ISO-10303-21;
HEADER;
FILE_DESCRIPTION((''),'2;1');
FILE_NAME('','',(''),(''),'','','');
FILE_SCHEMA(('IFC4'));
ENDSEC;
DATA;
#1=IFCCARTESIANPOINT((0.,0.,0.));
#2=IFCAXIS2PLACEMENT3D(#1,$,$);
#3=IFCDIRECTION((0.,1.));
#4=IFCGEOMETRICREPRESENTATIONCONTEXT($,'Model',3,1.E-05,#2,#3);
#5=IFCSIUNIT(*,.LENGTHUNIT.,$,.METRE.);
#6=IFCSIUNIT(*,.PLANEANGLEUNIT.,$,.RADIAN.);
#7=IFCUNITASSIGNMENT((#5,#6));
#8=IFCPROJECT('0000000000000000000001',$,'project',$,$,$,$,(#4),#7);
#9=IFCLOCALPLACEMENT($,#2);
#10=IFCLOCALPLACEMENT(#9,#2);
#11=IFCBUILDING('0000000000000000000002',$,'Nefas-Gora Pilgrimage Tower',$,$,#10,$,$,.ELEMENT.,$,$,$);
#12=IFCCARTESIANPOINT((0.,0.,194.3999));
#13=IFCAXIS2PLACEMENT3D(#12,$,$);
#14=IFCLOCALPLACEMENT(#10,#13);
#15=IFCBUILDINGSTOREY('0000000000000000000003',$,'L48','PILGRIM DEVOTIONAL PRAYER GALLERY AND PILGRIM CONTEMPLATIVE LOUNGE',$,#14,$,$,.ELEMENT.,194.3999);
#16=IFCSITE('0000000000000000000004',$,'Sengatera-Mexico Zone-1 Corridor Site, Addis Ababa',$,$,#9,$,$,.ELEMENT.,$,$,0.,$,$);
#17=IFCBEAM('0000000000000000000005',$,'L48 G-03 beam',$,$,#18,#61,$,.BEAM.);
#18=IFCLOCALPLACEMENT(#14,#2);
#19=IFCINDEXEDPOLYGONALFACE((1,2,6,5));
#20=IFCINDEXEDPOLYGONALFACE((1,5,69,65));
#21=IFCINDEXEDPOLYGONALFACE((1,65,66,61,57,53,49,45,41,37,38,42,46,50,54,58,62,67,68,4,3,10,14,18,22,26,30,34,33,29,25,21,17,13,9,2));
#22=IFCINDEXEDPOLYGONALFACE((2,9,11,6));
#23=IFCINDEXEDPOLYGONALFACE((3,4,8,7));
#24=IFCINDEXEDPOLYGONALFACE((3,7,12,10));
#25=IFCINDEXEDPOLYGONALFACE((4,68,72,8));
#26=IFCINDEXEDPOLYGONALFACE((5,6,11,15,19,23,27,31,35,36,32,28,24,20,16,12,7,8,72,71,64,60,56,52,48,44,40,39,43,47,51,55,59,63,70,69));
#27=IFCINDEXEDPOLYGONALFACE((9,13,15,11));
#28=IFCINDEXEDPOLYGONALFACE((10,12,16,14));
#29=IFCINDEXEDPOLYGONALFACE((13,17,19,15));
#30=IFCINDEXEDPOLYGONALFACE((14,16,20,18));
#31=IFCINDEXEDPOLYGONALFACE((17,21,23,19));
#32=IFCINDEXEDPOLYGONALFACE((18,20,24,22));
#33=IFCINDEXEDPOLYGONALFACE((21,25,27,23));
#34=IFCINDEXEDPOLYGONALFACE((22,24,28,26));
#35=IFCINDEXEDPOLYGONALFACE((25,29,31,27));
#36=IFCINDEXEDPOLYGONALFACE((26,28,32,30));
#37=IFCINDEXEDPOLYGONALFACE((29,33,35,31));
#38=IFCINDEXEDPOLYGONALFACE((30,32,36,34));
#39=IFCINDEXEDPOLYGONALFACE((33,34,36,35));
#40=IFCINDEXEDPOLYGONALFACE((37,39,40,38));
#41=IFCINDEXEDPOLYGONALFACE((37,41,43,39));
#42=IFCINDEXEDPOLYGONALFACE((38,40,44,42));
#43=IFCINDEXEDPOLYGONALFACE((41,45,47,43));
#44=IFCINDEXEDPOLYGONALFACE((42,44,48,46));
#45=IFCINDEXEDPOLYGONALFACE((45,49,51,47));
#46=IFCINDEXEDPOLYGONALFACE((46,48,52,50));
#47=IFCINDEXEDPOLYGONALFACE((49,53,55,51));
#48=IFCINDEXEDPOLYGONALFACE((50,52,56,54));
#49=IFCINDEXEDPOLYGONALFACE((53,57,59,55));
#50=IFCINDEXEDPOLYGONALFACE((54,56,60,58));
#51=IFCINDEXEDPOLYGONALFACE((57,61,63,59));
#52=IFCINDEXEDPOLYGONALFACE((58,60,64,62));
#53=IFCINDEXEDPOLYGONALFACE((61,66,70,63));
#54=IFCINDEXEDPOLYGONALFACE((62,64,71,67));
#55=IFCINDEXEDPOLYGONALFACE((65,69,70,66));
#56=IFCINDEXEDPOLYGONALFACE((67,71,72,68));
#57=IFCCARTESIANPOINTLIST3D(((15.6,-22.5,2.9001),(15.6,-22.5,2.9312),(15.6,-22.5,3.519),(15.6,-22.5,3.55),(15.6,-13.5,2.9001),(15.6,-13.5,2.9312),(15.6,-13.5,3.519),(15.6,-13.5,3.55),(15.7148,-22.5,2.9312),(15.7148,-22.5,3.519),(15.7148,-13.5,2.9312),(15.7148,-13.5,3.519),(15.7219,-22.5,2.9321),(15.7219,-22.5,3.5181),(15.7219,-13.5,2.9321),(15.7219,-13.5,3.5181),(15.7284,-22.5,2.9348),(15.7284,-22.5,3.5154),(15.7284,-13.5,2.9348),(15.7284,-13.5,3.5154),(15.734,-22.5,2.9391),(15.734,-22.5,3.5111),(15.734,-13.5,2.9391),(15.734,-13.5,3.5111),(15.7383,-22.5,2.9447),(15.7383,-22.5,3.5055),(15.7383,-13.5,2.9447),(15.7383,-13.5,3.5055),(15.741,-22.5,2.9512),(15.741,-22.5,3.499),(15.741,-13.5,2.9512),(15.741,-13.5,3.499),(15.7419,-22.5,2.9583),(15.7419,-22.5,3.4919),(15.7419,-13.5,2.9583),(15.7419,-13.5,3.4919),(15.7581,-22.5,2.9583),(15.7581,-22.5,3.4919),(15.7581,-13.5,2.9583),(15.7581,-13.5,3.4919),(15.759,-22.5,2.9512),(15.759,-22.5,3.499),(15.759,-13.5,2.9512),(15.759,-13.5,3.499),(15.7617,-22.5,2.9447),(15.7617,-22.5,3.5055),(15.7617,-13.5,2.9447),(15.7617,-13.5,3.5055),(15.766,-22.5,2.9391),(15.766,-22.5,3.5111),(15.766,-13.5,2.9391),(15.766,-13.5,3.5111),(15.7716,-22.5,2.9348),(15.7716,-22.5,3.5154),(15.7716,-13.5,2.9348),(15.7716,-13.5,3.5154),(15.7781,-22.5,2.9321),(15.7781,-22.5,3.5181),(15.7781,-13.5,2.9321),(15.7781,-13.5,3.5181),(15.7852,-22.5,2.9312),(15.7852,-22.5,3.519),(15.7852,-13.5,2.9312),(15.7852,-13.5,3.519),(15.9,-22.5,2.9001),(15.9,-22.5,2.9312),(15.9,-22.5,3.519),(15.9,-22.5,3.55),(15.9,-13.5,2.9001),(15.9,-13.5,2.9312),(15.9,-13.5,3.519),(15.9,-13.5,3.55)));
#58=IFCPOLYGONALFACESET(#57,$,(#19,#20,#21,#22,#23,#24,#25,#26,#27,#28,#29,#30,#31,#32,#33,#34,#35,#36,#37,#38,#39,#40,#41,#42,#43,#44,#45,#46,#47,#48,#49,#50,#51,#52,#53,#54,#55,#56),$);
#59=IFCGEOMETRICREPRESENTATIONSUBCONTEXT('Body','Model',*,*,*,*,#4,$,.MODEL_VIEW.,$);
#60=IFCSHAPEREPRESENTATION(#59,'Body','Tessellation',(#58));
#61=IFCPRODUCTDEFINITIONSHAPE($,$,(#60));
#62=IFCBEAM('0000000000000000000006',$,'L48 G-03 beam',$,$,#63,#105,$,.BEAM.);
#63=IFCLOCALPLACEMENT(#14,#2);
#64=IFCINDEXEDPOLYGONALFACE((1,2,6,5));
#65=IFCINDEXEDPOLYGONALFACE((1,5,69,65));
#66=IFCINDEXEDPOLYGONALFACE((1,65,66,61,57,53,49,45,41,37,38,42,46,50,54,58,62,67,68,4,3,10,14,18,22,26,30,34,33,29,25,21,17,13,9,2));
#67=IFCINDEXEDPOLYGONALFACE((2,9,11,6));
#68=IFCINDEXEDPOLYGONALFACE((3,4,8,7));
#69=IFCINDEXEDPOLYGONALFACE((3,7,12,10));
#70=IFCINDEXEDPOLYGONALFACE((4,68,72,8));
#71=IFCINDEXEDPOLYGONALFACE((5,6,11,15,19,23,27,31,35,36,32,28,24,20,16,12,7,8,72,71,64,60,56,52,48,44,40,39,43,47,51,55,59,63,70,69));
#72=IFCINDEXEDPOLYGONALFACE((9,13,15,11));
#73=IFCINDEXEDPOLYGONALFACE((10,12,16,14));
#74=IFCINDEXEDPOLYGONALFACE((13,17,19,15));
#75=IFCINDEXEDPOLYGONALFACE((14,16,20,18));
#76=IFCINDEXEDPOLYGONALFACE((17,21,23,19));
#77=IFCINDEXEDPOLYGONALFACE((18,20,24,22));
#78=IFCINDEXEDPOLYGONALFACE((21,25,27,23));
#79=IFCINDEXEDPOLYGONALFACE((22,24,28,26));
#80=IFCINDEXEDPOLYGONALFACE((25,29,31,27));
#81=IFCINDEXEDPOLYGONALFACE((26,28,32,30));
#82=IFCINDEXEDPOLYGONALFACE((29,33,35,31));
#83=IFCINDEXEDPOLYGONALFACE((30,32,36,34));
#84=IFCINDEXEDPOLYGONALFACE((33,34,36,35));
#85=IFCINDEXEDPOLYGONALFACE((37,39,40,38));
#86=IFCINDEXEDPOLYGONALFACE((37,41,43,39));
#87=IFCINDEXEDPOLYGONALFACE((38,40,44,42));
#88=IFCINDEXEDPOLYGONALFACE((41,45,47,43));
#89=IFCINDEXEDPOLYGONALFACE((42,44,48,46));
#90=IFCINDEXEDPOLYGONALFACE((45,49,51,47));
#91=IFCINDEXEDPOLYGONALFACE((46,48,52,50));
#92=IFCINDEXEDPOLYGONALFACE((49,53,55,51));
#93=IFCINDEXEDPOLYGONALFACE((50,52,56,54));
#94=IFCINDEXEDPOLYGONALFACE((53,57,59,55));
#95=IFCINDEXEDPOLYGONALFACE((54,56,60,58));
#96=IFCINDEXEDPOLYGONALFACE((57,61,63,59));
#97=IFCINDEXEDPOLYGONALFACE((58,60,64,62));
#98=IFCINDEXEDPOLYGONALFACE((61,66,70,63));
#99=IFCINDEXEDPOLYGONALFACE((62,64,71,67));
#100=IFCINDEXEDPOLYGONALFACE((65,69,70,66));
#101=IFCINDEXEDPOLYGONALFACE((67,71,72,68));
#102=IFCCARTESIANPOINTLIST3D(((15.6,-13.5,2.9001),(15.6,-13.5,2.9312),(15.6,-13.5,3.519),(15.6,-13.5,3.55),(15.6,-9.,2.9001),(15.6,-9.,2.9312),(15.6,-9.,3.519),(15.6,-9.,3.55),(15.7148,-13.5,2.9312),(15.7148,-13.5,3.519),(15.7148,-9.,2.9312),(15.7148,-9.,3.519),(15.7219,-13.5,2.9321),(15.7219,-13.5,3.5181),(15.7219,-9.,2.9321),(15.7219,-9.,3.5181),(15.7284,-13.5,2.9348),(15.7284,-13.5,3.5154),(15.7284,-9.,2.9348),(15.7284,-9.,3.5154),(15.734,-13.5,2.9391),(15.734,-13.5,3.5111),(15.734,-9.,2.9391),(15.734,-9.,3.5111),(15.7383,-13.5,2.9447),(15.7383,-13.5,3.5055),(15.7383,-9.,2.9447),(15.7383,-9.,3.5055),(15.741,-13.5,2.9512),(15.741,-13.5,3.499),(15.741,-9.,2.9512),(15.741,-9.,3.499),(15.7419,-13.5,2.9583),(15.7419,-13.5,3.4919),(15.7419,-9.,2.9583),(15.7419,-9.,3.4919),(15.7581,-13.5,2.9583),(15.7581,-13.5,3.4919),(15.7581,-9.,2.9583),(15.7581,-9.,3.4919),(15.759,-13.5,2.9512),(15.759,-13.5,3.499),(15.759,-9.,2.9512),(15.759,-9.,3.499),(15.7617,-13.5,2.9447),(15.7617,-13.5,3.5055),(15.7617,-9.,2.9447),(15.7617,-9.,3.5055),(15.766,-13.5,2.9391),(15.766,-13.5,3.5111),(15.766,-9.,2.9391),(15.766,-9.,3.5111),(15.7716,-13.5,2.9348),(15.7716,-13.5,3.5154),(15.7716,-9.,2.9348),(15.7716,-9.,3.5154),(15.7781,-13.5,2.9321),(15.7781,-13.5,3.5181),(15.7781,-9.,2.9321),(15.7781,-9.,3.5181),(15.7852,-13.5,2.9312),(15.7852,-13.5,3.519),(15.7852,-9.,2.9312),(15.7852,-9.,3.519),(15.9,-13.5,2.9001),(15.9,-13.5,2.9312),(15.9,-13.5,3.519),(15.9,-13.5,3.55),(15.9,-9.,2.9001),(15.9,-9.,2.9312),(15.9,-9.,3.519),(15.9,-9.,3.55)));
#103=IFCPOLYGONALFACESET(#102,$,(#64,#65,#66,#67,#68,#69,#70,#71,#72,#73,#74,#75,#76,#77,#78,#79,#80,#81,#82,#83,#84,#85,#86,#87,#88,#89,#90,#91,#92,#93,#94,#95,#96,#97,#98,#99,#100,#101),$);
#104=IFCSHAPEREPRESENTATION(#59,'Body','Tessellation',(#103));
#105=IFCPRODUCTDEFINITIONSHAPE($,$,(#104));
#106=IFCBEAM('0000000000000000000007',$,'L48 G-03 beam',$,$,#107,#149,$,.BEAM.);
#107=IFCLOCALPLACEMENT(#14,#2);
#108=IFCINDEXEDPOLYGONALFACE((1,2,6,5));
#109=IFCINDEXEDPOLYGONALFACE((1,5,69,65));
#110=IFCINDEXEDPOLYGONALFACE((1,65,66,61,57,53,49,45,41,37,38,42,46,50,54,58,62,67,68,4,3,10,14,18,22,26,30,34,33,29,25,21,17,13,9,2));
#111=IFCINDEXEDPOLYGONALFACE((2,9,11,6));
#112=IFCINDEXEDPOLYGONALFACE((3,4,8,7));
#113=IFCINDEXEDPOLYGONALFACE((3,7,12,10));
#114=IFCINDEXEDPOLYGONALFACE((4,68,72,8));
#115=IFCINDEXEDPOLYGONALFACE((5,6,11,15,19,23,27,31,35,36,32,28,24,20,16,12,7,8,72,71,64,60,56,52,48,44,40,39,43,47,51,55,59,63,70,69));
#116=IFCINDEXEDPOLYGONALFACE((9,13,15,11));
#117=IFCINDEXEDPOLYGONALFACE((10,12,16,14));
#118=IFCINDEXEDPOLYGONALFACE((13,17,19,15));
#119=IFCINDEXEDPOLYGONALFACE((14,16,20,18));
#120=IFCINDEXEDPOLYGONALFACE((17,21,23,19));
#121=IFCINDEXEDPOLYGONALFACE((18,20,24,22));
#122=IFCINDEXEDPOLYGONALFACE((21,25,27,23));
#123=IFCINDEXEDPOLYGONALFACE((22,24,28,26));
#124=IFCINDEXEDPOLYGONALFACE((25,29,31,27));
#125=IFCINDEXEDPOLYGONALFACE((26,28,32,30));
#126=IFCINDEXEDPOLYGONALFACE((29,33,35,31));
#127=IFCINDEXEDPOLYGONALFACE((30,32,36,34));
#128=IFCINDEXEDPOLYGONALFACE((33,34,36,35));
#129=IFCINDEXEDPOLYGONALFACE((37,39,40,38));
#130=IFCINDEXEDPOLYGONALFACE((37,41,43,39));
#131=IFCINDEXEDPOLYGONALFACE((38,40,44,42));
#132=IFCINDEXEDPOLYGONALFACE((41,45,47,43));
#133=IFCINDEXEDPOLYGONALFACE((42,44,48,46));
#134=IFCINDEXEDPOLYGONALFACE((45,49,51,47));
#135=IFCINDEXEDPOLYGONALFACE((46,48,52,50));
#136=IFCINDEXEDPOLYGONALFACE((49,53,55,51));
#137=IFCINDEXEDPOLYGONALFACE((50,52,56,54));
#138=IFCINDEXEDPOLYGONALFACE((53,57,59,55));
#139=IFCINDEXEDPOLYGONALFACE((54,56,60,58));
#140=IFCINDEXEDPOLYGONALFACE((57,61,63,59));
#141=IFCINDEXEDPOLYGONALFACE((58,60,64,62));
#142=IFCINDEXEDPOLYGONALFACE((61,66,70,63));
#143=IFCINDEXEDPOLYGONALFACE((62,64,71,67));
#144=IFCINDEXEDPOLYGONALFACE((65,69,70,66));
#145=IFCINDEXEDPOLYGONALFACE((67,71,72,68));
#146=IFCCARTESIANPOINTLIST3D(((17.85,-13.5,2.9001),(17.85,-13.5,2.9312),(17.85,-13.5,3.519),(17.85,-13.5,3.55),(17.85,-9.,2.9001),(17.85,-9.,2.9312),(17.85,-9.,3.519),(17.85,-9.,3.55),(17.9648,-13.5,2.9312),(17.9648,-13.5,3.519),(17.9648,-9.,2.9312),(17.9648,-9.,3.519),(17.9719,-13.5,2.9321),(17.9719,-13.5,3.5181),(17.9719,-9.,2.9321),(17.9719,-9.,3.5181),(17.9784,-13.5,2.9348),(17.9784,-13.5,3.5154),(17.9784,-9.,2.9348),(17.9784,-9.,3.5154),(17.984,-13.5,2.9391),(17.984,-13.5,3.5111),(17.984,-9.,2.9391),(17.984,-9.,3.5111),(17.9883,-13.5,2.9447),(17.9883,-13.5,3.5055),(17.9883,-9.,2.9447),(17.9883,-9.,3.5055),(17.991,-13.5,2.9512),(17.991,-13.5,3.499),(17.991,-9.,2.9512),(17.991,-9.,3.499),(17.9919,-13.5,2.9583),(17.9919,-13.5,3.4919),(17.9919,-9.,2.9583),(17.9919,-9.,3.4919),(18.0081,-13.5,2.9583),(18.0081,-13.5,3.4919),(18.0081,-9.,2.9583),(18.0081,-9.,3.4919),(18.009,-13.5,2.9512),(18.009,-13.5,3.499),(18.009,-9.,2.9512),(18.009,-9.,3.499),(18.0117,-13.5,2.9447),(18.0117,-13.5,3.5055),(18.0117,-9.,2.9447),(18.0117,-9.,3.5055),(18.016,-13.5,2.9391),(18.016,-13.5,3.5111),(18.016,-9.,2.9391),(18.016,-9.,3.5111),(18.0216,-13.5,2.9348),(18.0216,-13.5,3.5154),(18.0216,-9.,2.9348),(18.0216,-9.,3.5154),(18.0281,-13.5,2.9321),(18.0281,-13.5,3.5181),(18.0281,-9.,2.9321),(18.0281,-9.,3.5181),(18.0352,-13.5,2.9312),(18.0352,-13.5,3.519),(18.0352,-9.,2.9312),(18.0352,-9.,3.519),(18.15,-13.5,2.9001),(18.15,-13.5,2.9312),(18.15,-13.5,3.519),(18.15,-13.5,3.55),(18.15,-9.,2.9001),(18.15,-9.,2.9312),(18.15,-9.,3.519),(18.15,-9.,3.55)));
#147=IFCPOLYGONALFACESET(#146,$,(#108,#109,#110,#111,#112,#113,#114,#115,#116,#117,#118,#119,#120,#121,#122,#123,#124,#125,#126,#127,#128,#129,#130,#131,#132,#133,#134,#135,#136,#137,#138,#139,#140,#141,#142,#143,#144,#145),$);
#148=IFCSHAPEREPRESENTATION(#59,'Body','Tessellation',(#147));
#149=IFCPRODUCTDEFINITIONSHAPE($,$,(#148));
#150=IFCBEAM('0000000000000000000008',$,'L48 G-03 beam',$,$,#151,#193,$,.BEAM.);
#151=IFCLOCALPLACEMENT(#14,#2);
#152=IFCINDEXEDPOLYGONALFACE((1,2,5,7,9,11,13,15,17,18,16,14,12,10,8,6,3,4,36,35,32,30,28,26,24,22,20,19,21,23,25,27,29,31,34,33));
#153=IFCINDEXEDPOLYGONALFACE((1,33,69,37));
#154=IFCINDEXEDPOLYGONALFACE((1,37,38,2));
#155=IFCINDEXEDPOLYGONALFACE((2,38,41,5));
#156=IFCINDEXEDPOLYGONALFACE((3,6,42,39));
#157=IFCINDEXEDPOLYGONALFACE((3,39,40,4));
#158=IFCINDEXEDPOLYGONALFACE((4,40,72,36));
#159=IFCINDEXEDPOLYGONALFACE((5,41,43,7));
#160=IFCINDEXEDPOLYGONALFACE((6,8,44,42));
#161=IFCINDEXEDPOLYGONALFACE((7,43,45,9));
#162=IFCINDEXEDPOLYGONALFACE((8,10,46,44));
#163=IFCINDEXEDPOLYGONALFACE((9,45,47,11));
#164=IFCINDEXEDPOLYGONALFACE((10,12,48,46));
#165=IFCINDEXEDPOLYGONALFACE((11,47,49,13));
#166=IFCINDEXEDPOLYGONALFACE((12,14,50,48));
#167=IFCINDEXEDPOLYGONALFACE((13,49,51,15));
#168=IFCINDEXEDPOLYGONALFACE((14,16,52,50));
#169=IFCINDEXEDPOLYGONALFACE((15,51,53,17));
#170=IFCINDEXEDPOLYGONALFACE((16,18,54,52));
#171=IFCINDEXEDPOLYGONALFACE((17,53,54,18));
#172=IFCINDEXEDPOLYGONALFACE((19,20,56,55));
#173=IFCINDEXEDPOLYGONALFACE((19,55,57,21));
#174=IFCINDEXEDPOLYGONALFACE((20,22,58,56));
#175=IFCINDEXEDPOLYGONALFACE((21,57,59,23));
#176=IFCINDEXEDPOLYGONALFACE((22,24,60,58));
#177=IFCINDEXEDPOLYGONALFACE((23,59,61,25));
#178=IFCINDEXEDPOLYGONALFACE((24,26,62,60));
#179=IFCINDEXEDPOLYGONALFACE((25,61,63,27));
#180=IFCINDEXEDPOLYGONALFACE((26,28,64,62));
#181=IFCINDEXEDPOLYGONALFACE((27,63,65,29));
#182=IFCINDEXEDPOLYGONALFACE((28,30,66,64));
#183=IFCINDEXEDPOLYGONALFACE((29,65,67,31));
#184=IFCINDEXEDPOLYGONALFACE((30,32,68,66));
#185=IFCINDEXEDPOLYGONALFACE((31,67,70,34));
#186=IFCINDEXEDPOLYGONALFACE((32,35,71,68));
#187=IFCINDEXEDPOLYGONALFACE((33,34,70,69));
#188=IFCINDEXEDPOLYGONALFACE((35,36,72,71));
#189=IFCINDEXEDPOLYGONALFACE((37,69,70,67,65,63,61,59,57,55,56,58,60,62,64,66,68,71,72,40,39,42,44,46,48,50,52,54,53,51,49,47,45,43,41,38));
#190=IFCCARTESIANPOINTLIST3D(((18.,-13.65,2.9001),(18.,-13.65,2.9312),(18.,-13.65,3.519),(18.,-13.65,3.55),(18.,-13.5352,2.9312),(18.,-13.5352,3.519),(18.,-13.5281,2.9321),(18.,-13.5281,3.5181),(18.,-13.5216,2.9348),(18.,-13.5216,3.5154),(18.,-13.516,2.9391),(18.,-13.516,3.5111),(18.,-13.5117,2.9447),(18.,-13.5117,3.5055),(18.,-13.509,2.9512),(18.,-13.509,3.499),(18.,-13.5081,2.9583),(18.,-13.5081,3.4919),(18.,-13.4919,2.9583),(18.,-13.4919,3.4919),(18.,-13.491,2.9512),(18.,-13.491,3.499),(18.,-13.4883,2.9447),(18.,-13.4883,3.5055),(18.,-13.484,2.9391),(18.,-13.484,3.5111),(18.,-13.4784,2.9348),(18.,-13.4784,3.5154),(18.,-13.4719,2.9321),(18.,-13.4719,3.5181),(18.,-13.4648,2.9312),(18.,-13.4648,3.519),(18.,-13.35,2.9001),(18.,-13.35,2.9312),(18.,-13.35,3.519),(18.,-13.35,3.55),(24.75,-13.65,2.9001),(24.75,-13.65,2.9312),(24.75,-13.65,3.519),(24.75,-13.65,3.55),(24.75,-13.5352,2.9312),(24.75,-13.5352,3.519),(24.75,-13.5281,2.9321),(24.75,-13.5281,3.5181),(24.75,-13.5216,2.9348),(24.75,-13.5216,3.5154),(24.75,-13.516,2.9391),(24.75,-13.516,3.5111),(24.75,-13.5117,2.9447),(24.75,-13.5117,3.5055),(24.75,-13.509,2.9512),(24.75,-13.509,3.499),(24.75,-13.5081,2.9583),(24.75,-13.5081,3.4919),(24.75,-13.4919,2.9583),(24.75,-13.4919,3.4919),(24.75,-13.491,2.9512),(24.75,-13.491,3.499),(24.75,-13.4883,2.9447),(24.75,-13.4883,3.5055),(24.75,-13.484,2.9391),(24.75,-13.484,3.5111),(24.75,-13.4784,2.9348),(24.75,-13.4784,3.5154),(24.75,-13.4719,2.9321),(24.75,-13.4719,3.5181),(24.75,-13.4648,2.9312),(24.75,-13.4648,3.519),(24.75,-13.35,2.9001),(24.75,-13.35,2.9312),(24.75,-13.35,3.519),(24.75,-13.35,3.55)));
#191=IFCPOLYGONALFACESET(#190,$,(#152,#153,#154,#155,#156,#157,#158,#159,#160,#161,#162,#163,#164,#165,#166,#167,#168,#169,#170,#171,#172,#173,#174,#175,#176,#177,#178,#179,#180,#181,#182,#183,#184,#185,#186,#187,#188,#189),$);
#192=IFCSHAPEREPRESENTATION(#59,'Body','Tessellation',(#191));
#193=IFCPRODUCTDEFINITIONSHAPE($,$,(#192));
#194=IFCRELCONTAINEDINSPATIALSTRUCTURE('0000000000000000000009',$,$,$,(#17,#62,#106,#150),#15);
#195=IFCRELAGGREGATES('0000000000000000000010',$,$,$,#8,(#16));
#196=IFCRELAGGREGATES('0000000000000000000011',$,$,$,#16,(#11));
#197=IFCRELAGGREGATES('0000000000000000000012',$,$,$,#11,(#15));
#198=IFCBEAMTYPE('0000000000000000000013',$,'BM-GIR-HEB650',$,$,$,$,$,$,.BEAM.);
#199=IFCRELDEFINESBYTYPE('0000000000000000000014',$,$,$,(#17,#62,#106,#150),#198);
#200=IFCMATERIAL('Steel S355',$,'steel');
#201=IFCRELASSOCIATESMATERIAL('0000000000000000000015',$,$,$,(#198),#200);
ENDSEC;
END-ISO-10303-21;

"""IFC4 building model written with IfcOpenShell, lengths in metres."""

from ifc_helpers import new_model, si_unit, direction, frame, origin, origin_2d, place, context, subcontext, project, spatial, i_section, extrude, source, transform, mapped, material, material_profile, profile_set, type_object, element, save


model = new_model("IFC4")

# Units and contexts
model_context = context("Model", 3, precision=1e-05, world=origin(), true_north=direction((0.0, 1.0)))
body_context = subcontext(model_context, "Body", "Model", "MODEL_VIEW")
ifc_project = project(units=[si_unit("LENGTHUNIT", "METRE"), si_unit("PLANEANGLEUNIT", "RADIAN")], contexts=[model_context])

# Site, building, storey
site_placement = place(None, origin())
site = spatial("IfcSite", under=ifc_project, at=site_placement, Name="Sengatera-Mexico Zone-1 Corridor Site, Addis Ababa", CompositionType="ELEMENT", RefElevation=0.0)
building_placement = place(site_placement, origin())
building = spatial("IfcBuilding", under=site, at=building_placement, Name="Nefas-Gora Pilgrimage Tower", CompositionType="ELEMENT")
storey_placement = place(building_placement, frame((0.0, 0.0, 194.3999)))
storey = spatial("IfcBuildingStorey", under=building, at=storey_placement, Name="L48", Description="PILGRIM DEVOTIONAL PRAYER GALLERY AND PILGRIM CONTEMPLATIVE LOUNGE", CompositionType="ELEMENT", Elevation=194.3999)

# Beams
ifc_material_1 = material(Name="Steel S355", Category="steel")
ifc_material_profile_1 = material_profile(ifc_material_1, i_section(OverallWidth=0.3, OverallDepth=0.6499, WebThickness=0.0161, FlangeThickness=0.031, FilletRadius=0.0271, at=origin_2d()), Name="HEB 650")
ifc_profile_set_1 = profile_set([ifc_material_profile_1], Name="Steel S355")
beam_type_1 = type_object("IfcBeamType", Name="BM-GIR-HEB650", PredefinedType="BEAM", material=ifc_profile_set_1)
shared_shape_1 = source(origin(), body_context, "Body", "SweptSolid", [
    extrude(i_section(OverallWidth=0.3, OverallDepth=0.6499, WebThickness=0.0161, FlangeThickness=0.031, FilletRadius=0.0271, at=origin_2d()), origin(), (0.0, 0.0, 1.0), 9.0),
])
beam_1_placement = place(storey_placement, frame((15.75, -22.5, 3.2251), z_axis=(0.0, 1.0, 0.0), x_axis=(-1.0, 0.0, 0.0)))
element("IfcBeam", 1, at=beam_1_placement, inside=storey, type_object=beam_type_1, Name="L48 G-03 beam", PredefinedType="BEAM", context=body_context, shape_type="MappedRepresentation", body=[
    mapped(shared_shape_1, transform((0.0, 0.0, 0.0), x_axis=(1.0, 0.0, 0.0), y_axis=(0.0, 1.0, 0.0), z_axis=(0.0, 0.0, 1.0), scale=1.0)),
])
shared_shape_2 = source(origin(), body_context, "Body", "SweptSolid", [
    extrude(i_section(OverallWidth=0.3, OverallDepth=0.6499, WebThickness=0.0161, FlangeThickness=0.031, FilletRadius=0.0271, at=origin_2d()), origin(), (0.0, 0.0, 1.0), 4.5),
])
for number, where, z_axis, x_axis, name in (
    (2, (15.75, -13.5, 3.2251), (0.0, 1.0, 0.0), (-1.0, 0.0, 0.0), "L48 G-03 beam"),
    (3, (18.0, -13.5, 3.2251), (0.0, 1.0, 0.0), (-1.0, 0.0, 0.0), "L48 G-03 beam"),
):
    element("IfcBeam", number, at=place(storey_placement, frame(where, z_axis=z_axis, x_axis=x_axis)), inside=storey, type_object=beam_type_1, Name=name, PredefinedType="BEAM", context=body_context, shape_type="MappedRepresentation", body=[
        mapped(shared_shape_2, transform((0.0, 0.0, 0.0), x_axis=(1.0, 0.0, 0.0), y_axis=(0.0, 1.0, 0.0), z_axis=(0.0, 0.0, 1.0), scale=1.0)),
    ])
shared_shape_3 = source(origin(), body_context, "Body", "SweptSolid", [
    extrude(i_section(OverallWidth=0.3, OverallDepth=0.6499, WebThickness=0.0161, FlangeThickness=0.031, FilletRadius=0.0271, at=origin_2d()), origin(), (0.0, 0.0, 1.0), 6.75),
])
beam_2_placement = place(storey_placement, frame((18.0, -13.5, 3.2251), z_axis=(1.0, 0.0, 0.0), x_axis=(0.0, 1.0, 0.0)))
element("IfcBeam", 4, at=beam_2_placement, inside=storey, type_object=beam_type_1, Name="L48 G-03 beam", PredefinedType="BEAM", context=body_context, shape_type="MappedRepresentation", body=[
    mapped(shared_shape_3, transform((0.0, 0.0, 0.0), x_axis=(1.0, 0.0, 0.0), y_axis=(0.0, 1.0, 0.0), z_axis=(0.0, 0.0, 1.0), scale=1.0)),
])

save(model, "model.ifc")
